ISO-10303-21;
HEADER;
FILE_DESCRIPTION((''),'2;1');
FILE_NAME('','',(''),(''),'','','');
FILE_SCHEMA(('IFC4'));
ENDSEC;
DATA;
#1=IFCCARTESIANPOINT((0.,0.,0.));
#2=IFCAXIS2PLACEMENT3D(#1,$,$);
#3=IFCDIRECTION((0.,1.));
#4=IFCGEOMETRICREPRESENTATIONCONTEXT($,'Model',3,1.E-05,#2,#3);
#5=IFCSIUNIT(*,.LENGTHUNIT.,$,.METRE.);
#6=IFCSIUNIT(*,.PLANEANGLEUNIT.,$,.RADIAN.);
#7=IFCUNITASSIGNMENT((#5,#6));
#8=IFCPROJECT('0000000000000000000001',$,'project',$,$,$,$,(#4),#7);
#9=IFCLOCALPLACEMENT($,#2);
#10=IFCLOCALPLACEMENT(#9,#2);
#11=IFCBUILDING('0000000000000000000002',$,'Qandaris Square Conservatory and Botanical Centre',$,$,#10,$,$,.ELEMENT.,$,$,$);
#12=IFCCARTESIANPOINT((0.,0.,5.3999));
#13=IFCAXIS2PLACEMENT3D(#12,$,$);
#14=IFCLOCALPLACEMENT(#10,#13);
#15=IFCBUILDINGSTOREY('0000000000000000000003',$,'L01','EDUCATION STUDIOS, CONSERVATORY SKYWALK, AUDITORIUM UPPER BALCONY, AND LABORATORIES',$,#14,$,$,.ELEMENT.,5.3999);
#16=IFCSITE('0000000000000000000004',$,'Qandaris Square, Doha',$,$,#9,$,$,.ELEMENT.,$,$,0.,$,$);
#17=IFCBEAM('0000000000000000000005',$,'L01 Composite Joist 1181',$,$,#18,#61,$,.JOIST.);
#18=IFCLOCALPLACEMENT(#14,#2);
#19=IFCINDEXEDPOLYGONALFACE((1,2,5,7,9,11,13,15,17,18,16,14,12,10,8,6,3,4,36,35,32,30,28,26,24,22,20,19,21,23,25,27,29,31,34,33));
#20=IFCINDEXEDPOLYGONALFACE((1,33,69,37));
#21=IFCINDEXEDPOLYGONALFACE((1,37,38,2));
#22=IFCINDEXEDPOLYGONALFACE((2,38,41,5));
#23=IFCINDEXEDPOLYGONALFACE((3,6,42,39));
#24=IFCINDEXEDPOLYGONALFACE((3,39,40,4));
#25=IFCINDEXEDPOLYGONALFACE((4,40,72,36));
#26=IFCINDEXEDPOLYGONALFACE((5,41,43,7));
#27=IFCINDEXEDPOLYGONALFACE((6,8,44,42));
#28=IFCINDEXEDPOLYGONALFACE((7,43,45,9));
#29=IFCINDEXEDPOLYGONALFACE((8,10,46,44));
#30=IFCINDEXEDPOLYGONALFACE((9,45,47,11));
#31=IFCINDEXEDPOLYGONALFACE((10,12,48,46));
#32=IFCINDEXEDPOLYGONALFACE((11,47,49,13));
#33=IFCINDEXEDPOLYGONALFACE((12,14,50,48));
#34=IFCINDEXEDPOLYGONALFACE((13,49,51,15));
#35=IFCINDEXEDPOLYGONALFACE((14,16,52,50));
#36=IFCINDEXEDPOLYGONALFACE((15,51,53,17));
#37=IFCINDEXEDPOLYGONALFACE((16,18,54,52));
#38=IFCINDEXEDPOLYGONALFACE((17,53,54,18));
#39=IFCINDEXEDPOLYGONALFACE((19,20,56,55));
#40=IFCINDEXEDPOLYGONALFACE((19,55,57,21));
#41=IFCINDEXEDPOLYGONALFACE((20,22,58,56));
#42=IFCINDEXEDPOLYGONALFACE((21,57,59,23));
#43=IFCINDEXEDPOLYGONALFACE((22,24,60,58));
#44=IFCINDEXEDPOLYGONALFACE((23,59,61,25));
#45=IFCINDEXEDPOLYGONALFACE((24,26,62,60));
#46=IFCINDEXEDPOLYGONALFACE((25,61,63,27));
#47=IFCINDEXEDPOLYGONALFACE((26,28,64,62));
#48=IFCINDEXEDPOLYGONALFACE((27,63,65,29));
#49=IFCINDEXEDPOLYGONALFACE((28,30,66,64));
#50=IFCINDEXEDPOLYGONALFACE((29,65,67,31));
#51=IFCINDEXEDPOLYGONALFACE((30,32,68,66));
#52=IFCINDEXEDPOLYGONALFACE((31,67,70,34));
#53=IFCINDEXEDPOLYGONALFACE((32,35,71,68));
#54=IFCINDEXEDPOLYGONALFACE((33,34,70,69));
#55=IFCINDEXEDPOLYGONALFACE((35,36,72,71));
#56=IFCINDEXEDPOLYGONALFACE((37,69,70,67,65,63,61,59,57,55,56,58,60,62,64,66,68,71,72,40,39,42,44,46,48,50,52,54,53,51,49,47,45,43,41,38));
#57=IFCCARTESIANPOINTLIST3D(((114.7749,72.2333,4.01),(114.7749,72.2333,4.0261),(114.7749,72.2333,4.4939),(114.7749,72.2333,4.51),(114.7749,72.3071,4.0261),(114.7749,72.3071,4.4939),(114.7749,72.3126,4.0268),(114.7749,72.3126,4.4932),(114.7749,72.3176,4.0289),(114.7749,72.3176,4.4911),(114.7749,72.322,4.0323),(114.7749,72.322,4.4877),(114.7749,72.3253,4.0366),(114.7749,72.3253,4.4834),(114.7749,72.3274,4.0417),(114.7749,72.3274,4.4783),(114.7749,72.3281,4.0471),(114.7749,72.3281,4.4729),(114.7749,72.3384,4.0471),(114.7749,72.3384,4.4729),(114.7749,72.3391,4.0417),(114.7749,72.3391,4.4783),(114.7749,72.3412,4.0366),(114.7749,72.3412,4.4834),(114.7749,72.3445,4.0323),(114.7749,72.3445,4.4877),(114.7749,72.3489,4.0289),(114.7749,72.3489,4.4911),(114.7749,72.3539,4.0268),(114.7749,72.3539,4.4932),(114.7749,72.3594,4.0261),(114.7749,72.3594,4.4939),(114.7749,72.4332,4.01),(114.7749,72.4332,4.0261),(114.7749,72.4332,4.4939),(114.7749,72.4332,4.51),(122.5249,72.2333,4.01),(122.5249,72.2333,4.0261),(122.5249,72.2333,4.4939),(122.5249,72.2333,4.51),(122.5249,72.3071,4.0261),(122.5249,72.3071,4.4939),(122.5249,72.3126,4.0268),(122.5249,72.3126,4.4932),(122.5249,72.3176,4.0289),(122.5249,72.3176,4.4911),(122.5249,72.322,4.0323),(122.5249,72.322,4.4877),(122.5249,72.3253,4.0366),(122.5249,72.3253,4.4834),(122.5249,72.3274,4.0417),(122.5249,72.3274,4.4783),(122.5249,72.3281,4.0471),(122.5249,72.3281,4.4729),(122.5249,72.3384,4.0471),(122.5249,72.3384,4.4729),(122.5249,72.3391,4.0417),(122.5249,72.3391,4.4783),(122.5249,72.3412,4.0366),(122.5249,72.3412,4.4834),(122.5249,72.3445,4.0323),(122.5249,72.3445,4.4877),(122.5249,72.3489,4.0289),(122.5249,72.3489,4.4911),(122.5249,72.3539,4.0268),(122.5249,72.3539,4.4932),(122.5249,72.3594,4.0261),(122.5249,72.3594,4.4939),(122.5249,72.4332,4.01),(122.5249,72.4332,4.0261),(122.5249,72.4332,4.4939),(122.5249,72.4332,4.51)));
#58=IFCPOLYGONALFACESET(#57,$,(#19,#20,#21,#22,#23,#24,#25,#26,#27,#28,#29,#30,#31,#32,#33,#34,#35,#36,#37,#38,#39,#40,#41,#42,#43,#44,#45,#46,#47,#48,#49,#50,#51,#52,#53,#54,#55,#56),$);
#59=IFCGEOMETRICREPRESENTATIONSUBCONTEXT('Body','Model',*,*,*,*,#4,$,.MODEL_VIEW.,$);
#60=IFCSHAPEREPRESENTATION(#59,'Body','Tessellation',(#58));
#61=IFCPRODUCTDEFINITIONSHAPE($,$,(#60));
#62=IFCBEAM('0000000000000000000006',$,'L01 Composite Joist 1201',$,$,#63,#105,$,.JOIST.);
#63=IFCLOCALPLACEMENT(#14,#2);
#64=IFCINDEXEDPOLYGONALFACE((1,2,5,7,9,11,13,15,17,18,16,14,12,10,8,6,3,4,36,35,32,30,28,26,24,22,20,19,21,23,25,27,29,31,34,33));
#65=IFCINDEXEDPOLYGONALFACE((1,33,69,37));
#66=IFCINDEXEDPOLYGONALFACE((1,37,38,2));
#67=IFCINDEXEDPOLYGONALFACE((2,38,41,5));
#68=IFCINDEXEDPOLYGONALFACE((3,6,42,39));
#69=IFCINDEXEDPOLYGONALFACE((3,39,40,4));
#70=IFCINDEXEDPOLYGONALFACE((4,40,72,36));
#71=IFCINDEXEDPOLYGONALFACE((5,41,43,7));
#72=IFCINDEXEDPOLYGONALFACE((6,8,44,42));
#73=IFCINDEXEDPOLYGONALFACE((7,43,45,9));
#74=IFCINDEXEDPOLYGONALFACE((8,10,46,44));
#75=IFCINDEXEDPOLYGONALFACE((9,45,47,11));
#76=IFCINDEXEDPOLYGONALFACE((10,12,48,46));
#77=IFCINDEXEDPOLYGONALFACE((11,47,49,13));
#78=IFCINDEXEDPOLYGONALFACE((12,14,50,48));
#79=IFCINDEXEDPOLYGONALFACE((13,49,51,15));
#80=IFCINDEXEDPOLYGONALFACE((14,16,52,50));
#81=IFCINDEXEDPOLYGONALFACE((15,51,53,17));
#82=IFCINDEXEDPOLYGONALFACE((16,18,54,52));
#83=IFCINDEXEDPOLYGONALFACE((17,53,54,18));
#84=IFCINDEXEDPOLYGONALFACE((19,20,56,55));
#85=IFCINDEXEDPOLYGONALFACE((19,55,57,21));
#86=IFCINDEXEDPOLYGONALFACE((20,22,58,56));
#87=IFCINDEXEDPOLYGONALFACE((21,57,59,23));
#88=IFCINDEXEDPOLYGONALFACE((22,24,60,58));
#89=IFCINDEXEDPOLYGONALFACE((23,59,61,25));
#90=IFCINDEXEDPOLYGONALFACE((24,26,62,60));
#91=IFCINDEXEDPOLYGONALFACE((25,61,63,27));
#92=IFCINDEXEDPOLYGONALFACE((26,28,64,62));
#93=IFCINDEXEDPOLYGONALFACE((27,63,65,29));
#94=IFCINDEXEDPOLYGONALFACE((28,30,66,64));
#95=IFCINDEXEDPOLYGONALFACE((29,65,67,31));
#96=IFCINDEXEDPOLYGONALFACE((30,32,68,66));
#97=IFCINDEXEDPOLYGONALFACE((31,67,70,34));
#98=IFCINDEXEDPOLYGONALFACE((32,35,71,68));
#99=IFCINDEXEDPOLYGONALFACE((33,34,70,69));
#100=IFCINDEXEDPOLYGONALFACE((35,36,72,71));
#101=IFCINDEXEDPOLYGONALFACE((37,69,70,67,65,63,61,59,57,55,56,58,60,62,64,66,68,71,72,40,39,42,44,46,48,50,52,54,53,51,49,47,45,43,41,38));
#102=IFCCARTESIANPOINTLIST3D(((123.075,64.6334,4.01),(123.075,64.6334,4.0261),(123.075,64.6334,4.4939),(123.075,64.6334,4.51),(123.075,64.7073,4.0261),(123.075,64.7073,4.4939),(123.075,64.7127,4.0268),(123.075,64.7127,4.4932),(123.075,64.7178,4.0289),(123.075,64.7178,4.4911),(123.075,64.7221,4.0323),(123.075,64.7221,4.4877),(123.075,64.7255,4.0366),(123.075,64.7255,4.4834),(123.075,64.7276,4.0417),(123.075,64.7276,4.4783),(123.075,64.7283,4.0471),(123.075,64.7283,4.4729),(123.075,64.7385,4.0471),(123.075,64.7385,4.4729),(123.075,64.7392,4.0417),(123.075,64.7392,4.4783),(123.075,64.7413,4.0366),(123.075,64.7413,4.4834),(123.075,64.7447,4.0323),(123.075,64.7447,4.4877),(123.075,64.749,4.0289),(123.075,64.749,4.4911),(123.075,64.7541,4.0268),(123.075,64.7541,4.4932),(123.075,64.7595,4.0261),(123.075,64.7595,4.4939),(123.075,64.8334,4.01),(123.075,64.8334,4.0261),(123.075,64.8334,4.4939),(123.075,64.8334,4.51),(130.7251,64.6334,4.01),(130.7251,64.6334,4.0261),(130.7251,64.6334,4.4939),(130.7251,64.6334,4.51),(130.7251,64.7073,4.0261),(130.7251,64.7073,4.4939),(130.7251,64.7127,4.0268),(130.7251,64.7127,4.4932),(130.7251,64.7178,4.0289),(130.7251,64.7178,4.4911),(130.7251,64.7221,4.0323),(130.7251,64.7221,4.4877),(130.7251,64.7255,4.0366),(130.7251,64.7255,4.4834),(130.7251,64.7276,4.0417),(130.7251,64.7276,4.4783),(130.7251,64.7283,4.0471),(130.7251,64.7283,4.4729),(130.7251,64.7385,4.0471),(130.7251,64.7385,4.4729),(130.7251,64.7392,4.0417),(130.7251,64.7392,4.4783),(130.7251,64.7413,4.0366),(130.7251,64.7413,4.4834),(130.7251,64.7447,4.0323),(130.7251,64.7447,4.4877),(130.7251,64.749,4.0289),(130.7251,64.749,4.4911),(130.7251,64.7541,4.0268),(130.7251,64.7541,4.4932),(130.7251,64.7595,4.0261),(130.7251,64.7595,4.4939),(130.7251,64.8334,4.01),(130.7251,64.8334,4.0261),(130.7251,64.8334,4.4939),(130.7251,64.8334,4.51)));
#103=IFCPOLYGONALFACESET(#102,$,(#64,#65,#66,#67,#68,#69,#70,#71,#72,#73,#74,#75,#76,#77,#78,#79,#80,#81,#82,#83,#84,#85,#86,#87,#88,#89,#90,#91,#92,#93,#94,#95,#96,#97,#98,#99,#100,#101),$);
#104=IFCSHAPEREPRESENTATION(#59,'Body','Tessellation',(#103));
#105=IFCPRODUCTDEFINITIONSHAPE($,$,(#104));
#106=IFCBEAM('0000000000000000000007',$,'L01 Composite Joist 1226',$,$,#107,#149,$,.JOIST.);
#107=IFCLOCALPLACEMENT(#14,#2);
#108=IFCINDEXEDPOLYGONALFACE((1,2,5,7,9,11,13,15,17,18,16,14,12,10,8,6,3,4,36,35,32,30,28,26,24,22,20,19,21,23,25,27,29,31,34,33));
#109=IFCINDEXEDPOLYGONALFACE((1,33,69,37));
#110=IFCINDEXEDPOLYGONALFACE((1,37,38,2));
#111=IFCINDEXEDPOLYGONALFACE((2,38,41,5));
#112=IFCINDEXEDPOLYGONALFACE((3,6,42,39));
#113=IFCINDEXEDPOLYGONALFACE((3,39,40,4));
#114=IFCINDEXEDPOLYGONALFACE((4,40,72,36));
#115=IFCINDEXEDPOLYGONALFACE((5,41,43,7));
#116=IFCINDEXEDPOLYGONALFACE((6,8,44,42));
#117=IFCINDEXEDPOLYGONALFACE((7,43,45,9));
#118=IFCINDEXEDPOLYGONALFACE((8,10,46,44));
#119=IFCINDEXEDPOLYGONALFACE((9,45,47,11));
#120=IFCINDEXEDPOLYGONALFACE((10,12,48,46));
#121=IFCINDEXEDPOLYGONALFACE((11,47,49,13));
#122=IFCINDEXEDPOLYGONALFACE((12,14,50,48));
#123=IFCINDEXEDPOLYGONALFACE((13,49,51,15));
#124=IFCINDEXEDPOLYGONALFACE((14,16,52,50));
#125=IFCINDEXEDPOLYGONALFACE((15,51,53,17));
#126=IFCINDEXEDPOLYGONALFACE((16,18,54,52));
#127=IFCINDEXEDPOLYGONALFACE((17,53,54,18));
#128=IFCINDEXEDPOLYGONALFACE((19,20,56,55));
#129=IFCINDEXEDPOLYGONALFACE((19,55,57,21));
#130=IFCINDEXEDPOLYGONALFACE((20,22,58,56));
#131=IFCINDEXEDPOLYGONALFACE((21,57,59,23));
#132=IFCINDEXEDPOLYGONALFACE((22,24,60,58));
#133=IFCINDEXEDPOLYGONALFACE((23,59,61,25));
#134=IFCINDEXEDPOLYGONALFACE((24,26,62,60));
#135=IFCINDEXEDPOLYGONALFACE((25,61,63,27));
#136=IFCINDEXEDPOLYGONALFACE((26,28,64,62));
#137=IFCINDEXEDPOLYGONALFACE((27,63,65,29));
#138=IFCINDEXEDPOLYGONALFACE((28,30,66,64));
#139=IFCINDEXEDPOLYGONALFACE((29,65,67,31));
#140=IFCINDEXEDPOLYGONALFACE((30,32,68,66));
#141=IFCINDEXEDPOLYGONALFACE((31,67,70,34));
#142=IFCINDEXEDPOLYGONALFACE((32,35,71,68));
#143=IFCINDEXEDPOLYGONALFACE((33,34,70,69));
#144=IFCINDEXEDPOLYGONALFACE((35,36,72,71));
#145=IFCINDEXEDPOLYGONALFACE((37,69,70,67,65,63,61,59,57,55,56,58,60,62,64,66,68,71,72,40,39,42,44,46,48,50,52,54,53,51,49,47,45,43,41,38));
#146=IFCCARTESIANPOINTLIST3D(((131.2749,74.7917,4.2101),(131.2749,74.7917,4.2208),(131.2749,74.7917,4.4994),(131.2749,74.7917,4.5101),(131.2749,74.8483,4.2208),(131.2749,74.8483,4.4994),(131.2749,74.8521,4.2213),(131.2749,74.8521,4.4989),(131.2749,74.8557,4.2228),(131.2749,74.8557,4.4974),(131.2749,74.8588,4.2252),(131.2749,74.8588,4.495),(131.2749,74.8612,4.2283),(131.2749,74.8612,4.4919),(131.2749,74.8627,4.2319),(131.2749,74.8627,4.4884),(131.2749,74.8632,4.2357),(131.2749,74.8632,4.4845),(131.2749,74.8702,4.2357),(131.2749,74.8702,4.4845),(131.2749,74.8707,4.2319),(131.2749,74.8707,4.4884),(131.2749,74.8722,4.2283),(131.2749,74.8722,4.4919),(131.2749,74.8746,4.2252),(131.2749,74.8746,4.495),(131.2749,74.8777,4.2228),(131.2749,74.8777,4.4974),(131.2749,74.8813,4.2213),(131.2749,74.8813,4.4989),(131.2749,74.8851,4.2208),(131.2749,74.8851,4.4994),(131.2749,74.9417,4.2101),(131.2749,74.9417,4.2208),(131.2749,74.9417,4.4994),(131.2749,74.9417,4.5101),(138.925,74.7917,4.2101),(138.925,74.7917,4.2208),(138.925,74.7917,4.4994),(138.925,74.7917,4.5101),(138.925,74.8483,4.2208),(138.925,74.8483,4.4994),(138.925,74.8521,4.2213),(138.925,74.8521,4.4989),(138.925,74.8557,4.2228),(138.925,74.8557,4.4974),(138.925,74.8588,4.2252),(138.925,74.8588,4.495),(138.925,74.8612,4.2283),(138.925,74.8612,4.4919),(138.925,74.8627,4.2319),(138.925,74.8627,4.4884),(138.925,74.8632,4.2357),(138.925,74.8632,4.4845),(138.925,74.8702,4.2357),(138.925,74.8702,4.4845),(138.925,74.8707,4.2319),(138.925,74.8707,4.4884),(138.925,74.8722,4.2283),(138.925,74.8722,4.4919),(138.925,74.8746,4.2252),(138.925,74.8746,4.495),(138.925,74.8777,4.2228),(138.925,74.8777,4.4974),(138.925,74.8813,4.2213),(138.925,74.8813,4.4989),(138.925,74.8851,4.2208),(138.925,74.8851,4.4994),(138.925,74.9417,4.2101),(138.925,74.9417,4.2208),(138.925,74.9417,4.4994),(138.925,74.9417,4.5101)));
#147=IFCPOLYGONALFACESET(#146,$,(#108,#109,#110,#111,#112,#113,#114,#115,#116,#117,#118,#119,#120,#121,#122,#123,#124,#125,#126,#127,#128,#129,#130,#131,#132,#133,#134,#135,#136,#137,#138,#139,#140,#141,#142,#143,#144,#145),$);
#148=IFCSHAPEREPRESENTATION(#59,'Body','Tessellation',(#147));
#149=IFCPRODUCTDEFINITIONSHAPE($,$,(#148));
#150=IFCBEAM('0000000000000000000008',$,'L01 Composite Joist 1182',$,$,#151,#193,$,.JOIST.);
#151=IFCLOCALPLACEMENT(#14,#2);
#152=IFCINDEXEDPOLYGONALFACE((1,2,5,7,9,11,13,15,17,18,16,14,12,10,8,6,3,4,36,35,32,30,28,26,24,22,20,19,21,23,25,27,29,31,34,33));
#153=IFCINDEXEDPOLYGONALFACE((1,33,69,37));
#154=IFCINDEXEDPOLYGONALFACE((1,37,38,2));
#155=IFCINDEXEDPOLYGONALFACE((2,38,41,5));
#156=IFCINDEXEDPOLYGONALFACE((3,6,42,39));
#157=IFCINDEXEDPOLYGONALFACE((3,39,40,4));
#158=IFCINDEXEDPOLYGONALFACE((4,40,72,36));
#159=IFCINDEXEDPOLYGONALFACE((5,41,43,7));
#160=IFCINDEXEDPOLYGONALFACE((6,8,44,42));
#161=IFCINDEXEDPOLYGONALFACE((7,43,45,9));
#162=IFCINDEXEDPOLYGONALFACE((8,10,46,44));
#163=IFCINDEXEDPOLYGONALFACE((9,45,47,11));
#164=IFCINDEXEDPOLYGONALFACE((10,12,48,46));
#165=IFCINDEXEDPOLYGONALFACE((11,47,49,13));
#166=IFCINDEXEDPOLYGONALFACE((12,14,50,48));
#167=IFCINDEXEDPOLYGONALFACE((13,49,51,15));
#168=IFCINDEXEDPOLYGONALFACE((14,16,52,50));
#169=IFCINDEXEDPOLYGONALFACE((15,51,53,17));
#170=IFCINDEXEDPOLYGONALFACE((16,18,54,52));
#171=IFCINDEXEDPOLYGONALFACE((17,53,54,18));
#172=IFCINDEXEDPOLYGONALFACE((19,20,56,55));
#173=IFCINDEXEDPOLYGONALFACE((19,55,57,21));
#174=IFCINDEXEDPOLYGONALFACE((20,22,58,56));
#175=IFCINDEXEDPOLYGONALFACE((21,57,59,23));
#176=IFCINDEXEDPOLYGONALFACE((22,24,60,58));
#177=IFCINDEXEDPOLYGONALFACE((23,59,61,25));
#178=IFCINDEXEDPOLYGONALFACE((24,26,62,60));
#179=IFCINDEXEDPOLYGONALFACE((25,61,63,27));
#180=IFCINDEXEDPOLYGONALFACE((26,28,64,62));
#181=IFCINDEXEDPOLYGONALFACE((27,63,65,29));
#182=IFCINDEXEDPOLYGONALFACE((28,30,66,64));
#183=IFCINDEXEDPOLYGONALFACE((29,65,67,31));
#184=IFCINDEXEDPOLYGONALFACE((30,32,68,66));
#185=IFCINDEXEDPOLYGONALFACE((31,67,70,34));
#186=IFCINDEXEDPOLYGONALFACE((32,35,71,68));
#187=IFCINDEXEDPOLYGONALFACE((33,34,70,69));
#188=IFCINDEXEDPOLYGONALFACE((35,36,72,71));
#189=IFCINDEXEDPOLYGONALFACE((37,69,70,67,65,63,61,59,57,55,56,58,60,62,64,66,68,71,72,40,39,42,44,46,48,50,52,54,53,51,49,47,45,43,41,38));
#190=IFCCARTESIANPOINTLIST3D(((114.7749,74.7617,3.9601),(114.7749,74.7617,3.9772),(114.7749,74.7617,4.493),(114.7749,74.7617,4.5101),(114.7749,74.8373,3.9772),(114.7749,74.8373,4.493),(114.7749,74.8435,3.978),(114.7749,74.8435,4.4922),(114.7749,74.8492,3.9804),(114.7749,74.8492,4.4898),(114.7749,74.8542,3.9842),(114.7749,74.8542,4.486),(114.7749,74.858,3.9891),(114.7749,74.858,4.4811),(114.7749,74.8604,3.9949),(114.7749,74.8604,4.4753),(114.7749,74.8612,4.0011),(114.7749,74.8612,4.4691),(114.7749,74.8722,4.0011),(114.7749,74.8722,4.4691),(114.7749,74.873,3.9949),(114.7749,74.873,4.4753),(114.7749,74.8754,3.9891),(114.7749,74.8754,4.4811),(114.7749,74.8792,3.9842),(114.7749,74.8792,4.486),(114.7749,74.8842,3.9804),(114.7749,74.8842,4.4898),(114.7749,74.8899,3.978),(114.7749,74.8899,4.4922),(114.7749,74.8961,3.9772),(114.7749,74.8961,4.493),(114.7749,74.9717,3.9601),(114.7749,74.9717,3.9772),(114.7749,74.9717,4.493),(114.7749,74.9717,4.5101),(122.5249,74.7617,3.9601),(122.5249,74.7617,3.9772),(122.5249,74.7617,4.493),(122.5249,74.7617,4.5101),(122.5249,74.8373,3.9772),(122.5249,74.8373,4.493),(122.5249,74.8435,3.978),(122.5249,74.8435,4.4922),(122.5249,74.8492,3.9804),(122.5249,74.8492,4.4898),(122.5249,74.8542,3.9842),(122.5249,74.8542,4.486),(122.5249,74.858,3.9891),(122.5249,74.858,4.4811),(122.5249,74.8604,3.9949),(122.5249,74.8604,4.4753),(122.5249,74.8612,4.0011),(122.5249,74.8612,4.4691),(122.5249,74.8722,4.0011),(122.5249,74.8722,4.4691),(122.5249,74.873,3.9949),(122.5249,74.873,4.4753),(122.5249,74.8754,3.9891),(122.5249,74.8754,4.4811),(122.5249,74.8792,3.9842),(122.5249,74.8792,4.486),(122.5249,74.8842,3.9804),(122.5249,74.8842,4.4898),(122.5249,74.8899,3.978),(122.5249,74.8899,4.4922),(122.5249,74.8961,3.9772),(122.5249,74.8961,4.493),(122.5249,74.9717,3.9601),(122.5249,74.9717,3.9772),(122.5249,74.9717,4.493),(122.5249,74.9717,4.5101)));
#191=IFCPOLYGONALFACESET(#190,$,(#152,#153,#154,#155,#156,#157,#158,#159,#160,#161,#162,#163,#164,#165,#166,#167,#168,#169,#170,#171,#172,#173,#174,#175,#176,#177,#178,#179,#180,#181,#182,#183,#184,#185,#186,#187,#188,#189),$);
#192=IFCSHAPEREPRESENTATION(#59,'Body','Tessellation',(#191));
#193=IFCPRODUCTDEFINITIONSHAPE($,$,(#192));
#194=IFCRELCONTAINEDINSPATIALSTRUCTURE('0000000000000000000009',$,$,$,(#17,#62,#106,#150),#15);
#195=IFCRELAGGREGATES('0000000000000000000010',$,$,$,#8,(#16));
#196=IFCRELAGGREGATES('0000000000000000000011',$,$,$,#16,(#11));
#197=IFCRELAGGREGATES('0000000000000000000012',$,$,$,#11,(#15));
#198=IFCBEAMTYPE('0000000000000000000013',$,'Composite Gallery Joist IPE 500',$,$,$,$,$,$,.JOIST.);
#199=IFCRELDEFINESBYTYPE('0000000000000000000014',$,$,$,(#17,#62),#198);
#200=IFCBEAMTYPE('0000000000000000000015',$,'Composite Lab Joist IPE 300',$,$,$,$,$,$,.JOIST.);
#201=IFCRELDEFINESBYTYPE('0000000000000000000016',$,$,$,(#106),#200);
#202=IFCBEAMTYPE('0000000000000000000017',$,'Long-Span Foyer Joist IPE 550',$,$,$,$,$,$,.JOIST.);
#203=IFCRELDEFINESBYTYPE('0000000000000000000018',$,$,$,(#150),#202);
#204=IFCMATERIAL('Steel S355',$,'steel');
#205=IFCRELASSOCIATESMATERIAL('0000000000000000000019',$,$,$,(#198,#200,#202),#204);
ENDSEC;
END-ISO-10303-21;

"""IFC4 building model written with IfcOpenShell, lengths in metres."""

from ifc_helpers import new_model, si_unit, direction, frame, origin, origin_2d, place, context, subcontext, project, spatial, i_section, extrude, material, material_profile, profile_set, type_object, element, save


model = new_model("IFC4")

# Units and contexts
model_context = context("Model", 3, precision=1e-05, world=origin(), true_north=direction((0.0, 1.0)))
body_context = subcontext(model_context, "Body", "Model", "MODEL_VIEW")
ifc_project = project(units=[si_unit("LENGTHUNIT", "METRE"), si_unit("PLANEANGLEUNIT", "RADIAN")], contexts=[model_context])

# Site, building, storey
site_placement = place(None, origin())
site = spatial("IfcSite", under=ifc_project, at=site_placement, Name="Qandaris Square, Doha", CompositionType="ELEMENT", RefElevation=0.0)
building_placement = place(site_placement, origin())
building = spatial("IfcBuilding", under=site, at=building_placement, Name="Qandaris Square Conservatory and Botanical Centre", CompositionType="ELEMENT")
storey_placement = place(building_placement, frame((0.0, 0.0, 5.3999)))
storey = spatial("IfcBuildingStorey", under=building, at=storey_placement, Name="L01", Description="EDUCATION STUDIOS, CONSERVATORY SKYWALK, AUDITORIUM UPPER BALCONY, AND LABORATORIES", CompositionType="ELEMENT", Elevation=5.3999)

# Beams
ifc_material_1 = material(Name="Steel S355", Category="steel")
ifc_material_profile_1 = material_profile(ifc_material_1, i_section(OverallWidth=0.2, OverallDepth=0.5, WebThickness=0.0103, FlangeThickness=0.0161, FilletRadius=0.021, at=origin_2d()), Name="IPE 500")
ifc_profile_set_1 = profile_set([ifc_material_profile_1], Name="Steel S355")
beam_type_1 = type_object("IfcBeamType", Name="Composite Gallery Joist IPE 500", PredefinedType="JOIST", material=ifc_profile_set_1)
for number, where, z_axis, x_axis, name in (
    (1, (114.7749, 72.3333, 4.26), (1.0, 0.0, 0.0), (0.0, 1.0, 0.0), "L01 Composite Joist 1181"),
):
    element("IfcBeam", number, at=place(storey_placement, frame(where, z_axis=z_axis, x_axis=x_axis)), inside=storey, type_object=beam_type_1, Name=name, PredefinedType="JOIST", context=body_context, shape_type="SweptSolid", body=[
        extrude(i_section(OverallWidth=0.2, OverallDepth=0.5, WebThickness=0.0103, FlangeThickness=0.0161, FilletRadius=0.021, at=origin_2d()), origin(), (0.0, 0.0, 1.0), 7.75),
    ])
beam_1_placement = place(storey_placement, frame((123.075, 64.7334, 4.26), z_axis=(1.0, 0.0, 0.0), x_axis=(0.0, 1.0, 0.0)))
element("IfcBeam", 2, at=beam_1_placement, inside=storey, type_object=beam_type_1, Name="L01 Composite Joist 1201", PredefinedType="JOIST", context=body_context, shape_type="SweptSolid", body=[
    extrude(i_section(OverallWidth=0.2, OverallDepth=0.5, WebThickness=0.0103, FlangeThickness=0.0161, FilletRadius=0.021, at=origin_2d()), origin(), (0.0, 0.0, 1.0), 7.6501),
])
ifc_material_profile_2 = material_profile(ifc_material_1, i_section(OverallWidth=0.1499, OverallDepth=0.3, WebThickness=0.0071, FlangeThickness=0.0107, FilletRadius=0.0149, at=origin_2d()), Name="IPE 300")
ifc_profile_set_2 = profile_set([ifc_material_profile_2], Name="Steel S355")
beam_type_2 = type_object("IfcBeamType", Name="Composite Lab Joist IPE 300", PredefinedType="JOIST", material=ifc_profile_set_2)
beam_2_placement = place(storey_placement, frame((131.2749, 74.8667, 4.3601), z_axis=(1.0, 0.0, 0.0), x_axis=(0.0, 1.0, 0.0)))
element("IfcBeam", 3, at=beam_2_placement, inside=storey, type_object=beam_type_2, Name="L01 Composite Joist 1226", PredefinedType="JOIST", context=body_context, shape_type="SweptSolid", body=[
    extrude(i_section(OverallWidth=0.1499, OverallDepth=0.3, WebThickness=0.0071, FlangeThickness=0.0107, FilletRadius=0.0149, at=origin_2d()), origin(), (0.0, 0.0, 1.0), 7.6501),
])
ifc_material_profile_3 = material_profile(ifc_material_1, i_section(OverallWidth=0.21, OverallDepth=0.55, WebThickness=0.011, FlangeThickness=0.0171, FilletRadius=0.0239, at=origin_2d()), Name="IPE 550")
ifc_profile_set_3 = profile_set([ifc_material_profile_3], Name="Steel S355")
beam_type_3 = type_object("IfcBeamType", Name="Long-Span Foyer Joist IPE 550", PredefinedType="JOIST", material=ifc_profile_set_3)
beam_3_placement = place(storey_placement, frame((114.7749, 74.8667, 4.2351), z_axis=(1.0, 0.0, 0.0), x_axis=(0.0, 1.0, 0.0)))
element("IfcBeam", 4, at=beam_3_placement, inside=storey, type_object=beam_type_3, Name="L01 Composite Joist 1182", PredefinedType="JOIST", context=body_context, shape_type="SweptSolid", body=[
    extrude(i_section(OverallWidth=0.21, OverallDepth=0.55, WebThickness=0.011, FlangeThickness=0.0171, FilletRadius=0.0239, at=origin_2d()), origin(), (0.0, 0.0, 1.0), 7.75),
])

save(model, "model.ifc")
